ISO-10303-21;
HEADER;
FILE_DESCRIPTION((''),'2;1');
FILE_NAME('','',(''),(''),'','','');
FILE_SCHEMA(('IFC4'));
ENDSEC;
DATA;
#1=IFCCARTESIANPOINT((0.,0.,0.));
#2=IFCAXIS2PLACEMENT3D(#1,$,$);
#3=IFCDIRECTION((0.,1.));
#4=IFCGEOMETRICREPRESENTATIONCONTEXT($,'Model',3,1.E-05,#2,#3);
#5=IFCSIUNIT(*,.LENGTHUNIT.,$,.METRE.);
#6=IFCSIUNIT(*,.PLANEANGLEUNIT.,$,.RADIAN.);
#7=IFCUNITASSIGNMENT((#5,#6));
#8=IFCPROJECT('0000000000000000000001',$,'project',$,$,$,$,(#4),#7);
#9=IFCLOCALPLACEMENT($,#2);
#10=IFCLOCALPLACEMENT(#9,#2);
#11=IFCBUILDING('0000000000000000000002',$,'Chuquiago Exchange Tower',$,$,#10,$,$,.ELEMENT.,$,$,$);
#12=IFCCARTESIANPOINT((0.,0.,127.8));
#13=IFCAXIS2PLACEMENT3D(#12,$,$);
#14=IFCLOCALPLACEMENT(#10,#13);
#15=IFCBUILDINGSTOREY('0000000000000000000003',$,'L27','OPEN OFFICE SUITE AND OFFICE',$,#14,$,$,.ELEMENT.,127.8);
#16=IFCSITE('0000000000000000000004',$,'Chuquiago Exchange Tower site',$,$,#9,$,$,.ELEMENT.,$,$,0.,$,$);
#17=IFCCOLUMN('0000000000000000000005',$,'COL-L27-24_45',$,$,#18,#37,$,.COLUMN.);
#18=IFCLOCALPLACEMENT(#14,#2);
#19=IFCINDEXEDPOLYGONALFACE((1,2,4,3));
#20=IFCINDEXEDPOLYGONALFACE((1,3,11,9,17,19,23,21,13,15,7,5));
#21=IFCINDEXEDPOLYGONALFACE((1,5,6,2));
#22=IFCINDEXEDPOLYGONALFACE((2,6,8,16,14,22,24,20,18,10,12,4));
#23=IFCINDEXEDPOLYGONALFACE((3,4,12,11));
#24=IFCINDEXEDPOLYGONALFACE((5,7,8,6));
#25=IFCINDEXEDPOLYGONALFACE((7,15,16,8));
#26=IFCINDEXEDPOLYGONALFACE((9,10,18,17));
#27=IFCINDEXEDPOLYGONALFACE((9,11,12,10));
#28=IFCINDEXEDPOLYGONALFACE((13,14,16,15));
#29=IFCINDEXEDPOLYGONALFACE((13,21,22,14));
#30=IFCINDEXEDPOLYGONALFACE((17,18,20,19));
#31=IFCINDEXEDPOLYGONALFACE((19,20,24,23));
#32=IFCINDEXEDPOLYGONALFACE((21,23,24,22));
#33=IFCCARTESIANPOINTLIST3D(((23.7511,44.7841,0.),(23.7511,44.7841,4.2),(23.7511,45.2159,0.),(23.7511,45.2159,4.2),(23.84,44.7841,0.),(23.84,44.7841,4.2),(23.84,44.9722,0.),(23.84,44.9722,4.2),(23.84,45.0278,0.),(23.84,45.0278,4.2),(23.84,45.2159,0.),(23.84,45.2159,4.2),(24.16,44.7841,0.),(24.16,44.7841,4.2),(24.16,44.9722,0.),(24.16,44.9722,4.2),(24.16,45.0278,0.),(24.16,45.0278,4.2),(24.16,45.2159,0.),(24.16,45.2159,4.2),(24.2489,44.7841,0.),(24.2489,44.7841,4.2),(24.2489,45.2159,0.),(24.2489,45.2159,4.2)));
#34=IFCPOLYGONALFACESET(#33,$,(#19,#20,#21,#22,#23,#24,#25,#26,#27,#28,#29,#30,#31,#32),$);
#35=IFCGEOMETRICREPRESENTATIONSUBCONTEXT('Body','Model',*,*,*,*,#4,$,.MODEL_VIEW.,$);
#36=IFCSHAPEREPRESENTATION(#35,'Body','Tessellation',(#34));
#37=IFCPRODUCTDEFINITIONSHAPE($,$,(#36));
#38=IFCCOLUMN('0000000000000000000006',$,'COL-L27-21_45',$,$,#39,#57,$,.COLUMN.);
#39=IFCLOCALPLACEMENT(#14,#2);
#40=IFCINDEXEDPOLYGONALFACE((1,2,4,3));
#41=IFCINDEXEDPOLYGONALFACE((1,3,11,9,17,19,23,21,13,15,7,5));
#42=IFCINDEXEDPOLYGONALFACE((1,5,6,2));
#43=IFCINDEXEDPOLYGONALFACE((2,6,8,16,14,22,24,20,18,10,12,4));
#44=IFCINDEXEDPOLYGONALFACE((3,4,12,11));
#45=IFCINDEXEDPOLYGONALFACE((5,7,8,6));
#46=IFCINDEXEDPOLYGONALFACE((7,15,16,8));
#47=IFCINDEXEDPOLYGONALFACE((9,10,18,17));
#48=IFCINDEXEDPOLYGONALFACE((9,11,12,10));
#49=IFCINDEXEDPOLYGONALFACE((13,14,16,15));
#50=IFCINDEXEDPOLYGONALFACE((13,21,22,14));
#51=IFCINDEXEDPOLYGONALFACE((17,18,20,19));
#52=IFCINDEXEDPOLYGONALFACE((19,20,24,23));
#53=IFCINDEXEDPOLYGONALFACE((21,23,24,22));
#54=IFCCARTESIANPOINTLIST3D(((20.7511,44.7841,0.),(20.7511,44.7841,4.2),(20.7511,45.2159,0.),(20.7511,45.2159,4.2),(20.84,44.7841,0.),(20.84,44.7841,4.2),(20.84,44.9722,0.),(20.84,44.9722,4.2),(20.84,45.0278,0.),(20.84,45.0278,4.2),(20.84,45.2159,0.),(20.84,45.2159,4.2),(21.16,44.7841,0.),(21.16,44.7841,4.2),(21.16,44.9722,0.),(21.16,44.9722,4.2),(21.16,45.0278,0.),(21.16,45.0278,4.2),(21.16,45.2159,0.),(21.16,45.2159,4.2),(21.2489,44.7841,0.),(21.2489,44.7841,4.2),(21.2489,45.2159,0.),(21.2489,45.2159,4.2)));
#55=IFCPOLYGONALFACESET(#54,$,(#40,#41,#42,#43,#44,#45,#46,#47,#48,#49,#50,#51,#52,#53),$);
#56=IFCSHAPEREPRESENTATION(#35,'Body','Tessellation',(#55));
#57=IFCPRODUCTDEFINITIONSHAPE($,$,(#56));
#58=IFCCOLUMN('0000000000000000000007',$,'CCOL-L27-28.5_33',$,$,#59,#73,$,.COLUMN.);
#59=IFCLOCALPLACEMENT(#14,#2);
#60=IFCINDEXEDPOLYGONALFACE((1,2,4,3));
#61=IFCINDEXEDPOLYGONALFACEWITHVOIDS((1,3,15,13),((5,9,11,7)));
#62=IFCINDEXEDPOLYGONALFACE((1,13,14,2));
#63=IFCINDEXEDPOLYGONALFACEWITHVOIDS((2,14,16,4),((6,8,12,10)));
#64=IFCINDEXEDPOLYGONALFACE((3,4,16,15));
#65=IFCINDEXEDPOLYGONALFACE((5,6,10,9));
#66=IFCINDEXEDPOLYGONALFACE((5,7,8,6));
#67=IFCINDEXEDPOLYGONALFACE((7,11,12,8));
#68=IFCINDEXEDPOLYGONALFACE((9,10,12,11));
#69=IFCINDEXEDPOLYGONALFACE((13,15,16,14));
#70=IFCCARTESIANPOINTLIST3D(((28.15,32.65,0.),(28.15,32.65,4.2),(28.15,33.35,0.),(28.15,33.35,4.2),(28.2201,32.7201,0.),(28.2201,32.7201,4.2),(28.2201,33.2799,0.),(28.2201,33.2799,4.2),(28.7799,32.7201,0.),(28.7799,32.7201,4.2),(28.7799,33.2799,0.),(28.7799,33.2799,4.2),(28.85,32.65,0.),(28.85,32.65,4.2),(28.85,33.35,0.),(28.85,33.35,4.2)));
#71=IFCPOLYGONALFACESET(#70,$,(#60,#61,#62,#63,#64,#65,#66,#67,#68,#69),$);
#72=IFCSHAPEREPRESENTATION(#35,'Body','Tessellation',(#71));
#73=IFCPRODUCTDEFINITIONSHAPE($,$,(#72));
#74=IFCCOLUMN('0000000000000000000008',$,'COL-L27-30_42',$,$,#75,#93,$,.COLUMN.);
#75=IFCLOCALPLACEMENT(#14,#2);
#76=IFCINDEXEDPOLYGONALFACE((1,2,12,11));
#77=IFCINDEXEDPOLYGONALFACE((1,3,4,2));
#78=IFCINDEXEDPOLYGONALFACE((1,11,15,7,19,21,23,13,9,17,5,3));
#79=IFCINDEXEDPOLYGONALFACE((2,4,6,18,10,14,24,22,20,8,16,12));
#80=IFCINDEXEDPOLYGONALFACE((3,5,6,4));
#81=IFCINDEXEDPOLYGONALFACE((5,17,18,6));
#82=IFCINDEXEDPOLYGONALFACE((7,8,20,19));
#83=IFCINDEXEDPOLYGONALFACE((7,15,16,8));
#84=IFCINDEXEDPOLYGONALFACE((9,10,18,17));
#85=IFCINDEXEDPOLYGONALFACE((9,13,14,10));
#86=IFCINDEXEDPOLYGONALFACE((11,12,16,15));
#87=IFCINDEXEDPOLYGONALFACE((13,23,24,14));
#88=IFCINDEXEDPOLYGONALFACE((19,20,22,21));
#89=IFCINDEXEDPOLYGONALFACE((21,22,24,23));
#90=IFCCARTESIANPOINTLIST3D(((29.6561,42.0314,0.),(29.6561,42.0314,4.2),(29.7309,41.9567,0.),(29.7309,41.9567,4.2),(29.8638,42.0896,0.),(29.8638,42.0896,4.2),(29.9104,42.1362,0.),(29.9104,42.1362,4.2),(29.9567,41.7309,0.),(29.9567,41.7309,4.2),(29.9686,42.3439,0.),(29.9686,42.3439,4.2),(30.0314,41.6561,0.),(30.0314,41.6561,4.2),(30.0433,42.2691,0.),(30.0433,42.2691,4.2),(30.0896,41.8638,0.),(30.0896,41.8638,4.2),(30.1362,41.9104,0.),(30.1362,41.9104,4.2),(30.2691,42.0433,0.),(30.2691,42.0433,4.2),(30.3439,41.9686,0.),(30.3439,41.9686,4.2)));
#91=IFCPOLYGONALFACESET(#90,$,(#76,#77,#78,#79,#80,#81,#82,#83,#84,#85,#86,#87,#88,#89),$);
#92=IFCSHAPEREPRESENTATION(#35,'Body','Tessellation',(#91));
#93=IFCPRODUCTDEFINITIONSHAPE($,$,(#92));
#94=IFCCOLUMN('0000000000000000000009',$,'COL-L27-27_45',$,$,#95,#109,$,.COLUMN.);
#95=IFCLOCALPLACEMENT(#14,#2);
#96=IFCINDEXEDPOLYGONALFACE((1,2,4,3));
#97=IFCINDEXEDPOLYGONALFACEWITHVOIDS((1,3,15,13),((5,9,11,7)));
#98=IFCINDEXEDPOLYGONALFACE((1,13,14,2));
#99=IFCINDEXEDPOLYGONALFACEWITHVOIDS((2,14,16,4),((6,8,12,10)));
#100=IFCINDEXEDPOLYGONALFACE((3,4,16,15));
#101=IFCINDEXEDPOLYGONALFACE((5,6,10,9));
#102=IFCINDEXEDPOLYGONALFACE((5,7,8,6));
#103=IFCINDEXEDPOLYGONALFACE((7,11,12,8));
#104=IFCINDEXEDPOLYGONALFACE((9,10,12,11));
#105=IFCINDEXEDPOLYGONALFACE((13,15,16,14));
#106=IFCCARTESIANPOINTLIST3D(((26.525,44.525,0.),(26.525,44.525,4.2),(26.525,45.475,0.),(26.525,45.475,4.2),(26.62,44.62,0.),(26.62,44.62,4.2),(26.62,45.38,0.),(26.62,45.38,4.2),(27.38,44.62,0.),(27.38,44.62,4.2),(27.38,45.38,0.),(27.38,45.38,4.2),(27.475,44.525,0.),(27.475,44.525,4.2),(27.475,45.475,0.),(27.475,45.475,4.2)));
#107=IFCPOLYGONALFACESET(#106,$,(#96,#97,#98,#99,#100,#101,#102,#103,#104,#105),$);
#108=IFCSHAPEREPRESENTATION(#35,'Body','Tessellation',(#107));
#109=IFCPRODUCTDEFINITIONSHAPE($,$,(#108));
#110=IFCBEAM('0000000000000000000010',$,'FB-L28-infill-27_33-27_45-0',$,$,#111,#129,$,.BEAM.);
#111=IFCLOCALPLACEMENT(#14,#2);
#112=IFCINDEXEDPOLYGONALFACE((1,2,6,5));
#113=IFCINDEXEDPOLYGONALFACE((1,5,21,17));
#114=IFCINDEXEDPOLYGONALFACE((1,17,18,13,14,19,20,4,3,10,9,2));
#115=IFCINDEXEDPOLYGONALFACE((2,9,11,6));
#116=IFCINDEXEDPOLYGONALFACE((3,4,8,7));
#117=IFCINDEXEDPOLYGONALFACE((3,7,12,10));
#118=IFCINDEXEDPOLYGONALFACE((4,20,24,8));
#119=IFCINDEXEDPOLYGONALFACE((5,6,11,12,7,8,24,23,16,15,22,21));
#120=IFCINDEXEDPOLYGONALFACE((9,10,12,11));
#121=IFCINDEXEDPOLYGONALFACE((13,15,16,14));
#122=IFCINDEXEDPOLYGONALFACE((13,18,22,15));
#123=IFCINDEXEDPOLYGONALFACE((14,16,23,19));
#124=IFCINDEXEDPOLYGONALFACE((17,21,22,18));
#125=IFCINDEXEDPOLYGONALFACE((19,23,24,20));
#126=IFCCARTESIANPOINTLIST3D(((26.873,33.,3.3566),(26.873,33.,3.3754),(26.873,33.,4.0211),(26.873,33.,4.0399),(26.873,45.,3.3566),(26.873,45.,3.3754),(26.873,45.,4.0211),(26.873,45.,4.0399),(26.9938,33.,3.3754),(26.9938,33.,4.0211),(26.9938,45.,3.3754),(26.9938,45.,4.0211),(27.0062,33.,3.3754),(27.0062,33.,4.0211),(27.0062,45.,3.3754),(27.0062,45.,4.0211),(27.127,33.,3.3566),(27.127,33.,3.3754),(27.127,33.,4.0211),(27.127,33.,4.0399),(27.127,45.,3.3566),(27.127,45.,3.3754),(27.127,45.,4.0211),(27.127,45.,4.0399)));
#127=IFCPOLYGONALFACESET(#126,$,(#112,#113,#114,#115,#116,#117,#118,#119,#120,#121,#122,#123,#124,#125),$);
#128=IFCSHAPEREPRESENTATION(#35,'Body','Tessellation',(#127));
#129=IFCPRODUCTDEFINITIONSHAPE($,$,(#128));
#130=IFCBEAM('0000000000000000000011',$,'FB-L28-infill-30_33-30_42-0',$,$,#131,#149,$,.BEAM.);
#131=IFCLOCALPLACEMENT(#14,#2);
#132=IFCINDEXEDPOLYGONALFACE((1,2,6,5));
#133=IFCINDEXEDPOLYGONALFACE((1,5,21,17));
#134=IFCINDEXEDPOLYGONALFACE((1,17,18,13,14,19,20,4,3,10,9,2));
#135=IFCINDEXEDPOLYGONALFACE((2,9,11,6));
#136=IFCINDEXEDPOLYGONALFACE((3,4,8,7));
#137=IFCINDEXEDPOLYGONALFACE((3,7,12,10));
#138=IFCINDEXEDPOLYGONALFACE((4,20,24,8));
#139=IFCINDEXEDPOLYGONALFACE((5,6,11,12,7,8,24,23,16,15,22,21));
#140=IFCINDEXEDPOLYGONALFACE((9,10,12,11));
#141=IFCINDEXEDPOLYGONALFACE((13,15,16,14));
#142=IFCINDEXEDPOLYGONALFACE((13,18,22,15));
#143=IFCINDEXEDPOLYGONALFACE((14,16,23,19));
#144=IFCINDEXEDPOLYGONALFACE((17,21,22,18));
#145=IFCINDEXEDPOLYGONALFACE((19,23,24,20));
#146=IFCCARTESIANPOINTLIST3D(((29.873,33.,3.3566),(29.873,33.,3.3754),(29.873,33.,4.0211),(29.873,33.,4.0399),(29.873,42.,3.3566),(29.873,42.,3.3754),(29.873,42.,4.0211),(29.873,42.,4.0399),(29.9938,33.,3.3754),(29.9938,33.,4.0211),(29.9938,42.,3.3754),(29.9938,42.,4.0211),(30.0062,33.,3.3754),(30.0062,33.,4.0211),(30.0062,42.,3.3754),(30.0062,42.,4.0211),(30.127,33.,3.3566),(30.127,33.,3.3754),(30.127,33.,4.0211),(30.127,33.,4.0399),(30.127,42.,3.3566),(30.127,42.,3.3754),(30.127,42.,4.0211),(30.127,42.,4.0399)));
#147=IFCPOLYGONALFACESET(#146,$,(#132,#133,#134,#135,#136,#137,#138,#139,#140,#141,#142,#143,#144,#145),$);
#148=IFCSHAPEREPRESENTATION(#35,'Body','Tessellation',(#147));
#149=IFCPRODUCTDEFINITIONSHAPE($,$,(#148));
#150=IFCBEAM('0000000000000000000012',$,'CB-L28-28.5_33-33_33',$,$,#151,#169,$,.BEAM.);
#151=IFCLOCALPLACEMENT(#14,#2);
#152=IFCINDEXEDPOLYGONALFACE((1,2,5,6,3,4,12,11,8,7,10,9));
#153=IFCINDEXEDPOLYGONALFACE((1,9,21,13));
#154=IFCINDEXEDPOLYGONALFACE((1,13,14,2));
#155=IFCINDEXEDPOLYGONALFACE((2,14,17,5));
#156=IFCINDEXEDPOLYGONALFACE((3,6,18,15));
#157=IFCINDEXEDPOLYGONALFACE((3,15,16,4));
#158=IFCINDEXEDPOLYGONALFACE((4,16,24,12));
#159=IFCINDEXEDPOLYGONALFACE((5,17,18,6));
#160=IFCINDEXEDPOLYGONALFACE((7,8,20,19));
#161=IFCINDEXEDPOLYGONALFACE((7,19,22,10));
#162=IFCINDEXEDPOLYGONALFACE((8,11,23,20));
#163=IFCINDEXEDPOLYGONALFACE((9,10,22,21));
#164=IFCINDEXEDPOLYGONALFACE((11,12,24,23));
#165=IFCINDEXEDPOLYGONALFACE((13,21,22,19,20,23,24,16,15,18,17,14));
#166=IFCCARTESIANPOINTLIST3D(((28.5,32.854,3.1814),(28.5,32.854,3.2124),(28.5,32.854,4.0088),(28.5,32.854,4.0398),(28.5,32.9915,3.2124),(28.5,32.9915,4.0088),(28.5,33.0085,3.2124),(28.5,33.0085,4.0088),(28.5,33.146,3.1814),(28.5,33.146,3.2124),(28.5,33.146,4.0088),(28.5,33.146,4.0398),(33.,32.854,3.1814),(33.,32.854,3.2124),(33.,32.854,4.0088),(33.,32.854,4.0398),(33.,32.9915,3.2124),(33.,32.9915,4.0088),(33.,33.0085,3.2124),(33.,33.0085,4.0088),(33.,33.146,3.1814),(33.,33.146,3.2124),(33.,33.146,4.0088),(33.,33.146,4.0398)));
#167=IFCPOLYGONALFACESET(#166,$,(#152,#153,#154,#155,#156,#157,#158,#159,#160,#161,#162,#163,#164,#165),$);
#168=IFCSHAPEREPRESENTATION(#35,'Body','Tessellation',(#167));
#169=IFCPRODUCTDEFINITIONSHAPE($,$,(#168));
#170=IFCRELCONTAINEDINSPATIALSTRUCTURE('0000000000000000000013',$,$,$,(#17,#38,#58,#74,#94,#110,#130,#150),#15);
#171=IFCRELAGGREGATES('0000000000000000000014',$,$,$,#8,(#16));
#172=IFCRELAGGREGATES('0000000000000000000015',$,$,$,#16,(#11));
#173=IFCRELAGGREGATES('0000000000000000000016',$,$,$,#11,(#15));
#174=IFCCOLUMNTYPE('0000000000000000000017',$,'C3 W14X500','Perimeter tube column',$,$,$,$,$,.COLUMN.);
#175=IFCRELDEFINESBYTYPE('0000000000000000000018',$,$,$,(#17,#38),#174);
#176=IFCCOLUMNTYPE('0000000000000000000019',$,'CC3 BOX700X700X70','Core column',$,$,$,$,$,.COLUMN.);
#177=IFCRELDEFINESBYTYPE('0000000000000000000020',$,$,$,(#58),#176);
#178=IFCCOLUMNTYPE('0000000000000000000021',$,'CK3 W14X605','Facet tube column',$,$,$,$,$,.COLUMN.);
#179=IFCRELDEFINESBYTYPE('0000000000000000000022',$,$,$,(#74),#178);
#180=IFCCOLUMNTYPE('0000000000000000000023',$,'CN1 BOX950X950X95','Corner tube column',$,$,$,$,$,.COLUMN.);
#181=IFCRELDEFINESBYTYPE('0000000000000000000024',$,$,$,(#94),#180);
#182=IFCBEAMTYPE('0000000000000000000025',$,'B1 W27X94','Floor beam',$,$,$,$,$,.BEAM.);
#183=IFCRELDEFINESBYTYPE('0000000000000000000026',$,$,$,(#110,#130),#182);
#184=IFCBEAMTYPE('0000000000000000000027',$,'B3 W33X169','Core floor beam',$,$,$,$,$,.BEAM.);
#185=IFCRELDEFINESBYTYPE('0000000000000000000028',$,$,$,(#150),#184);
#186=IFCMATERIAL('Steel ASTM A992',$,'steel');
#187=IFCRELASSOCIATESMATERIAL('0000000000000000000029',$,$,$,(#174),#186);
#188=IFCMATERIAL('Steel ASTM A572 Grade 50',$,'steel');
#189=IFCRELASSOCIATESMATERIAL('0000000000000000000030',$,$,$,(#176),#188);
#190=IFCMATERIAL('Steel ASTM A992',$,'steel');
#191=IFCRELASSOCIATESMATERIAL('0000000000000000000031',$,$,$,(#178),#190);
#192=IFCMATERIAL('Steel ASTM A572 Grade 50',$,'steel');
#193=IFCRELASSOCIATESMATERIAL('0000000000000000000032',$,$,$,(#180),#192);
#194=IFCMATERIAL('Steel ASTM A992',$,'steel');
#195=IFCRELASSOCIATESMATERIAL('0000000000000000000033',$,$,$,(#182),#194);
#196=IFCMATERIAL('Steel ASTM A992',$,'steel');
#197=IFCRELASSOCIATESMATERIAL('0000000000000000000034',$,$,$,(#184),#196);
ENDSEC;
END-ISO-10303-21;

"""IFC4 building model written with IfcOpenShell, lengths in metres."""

from ifc_helpers import new_model, si_unit, direction, frame, origin, origin_2d, place, context, subcontext, project, spatial, hollow_rectangle, i_section, extrude, material, material_profile, profile_set, type_object, element, save


model = new_model("IFC4")

# Units and contexts
model_context = context("Model", 3, precision=1e-05, world=origin(), true_north=direction((0.0, 1.0)))
body_context = subcontext(model_context, "Body", "Model", "MODEL_VIEW")
ifc_project = project(units=[si_unit("LENGTHUNIT", "METRE"), si_unit("PLANEANGLEUNIT", "RADIAN")], contexts=[model_context])

# Site, building, storey
site_placement = place(None, origin())
site = spatial("IfcSite", under=ifc_project, at=site_placement, Name="Chuquiago Exchange Tower site", CompositionType="ELEMENT", RefElevation=0.0)
building_placement = place(site_placement, origin())
building = spatial("IfcBuilding", under=site, at=building_placement, Name="Chuquiago Exchange Tower", CompositionType="ELEMENT")
storey_placement = place(building_placement, frame((0.0, 0.0, 127.8)))
storey = spatial("IfcBuildingStorey", under=building, at=storey_placement, Name="L27", Description="OPEN OFFICE SUITE AND OFFICE", CompositionType="ELEMENT", Elevation=127.8)

# Columns
ifc_material_1 = material(Name="Steel ASTM A992", Category="steel")
ifc_material_profile_1 = material_profile(ifc_material_1, i_section(OverallWidth=0.4319, OverallDepth=0.4978, WebThickness=0.0557, FlangeThickness=0.0889, at=origin_2d()), Name="W14X500")
ifc_profile_set_1 = profile_set([ifc_material_profile_1], Name="Steel ASTM A992")
column_type_1 = type_object("IfcColumnType", Name="C3 W14X500", Description="Perimeter tube column", PredefinedType="COLUMN", material=ifc_profile_set_1)
for number, where, z_axis, x_axis, name in (
    (1, (24.0, 45.0, 0.0), (0.0, 0.0, 1.0), (0.0, 1.0, 0.0), "COL-L27-24_45"),
    (2, (21.0, 45.0, 0.0), (0.0, 0.0, 1.0), (0.0, 1.0, 0.0), "COL-L27-21_45"),
):
    element("IfcColumn", number, at=place(storey_placement, frame(where, z_axis=z_axis, x_axis=x_axis)), inside=storey, type_object=column_type_1, Name=name, PredefinedType="COLUMN", context=body_context, shape_type="SweptSolid", body=[
        extrude(i_section(OverallWidth=0.4319, OverallDepth=0.4978, WebThickness=0.0557, FlangeThickness=0.0889, at=origin_2d()), origin(), (0.0, 0.0, 1.0), 4.2),
    ])
ifc_material_2 = material(Name="Steel ASTM A572 Grade 50", Category="steel")
ifc_material_profile_2 = material_profile(ifc_material_2, hollow_rectangle(XDim=0.7, YDim=0.7, WallThickness=0.0701, at=origin_2d()), Name="BOX700X700X70")
ifc_profile_set_2 = profile_set([ifc_material_profile_2], Name="Steel ASTM A572 Grade 50")
column_type_2 = type_object("IfcColumnType", Name="CC3 BOX700X700X70", Description="Core column", PredefinedType="COLUMN", material=ifc_profile_set_2)
column_1_placement = place(storey_placement, frame((28.5, 33.0, 0.0), z_axis=(0.0, 0.0, 1.0), x_axis=(1.0, 0.0, 0.0)))
element("IfcColumn", 3, at=column_1_placement, inside=storey, type_object=column_type_2, Name="CCOL-L27-28.5_33", PredefinedType="COLUMN", context=body_context, shape_type="SweptSolid", body=[
    extrude(hollow_rectangle(XDim=0.7, YDim=0.7, WallThickness=0.0701, at=origin_2d()), origin(), (0.0, 0.0, 1.0), 4.2),
])
ifc_material_3 = material(Name="Steel ASTM A992", Category="steel")
ifc_material_profile_3 = material_profile(ifc_material_3, i_section(OverallWidth=0.4419, OverallDepth=0.5308, WebThickness=0.0659, FlangeThickness=0.1057, at=origin_2d()), Name="W14X605")
ifc_profile_set_3 = profile_set([ifc_material_profile_3], Name="Steel ASTM A992")
column_type_3 = type_object("IfcColumnType", Name="CK3 W14X605", Description="Facet tube column", PredefinedType="COLUMN", material=ifc_profile_set_3)
column_2_placement = place(storey_placement, frame((30.0, 42.0, 0.0), z_axis=(0.0, 0.0, 1.0), x_axis=(0.707107, 0.707107, 0.0)))
element("IfcColumn", 4, at=column_2_placement, inside=storey, type_object=column_type_3, Name="COL-L27-30_42", PredefinedType="COLUMN", context=body_context, shape_type="SweptSolid", body=[
    extrude(i_section(OverallWidth=0.4419, OverallDepth=0.5308, WebThickness=0.0659, FlangeThickness=0.1057, at=origin_2d()), origin(), (0.0, 0.0, 1.0), 4.2),
])
ifc_material_4 = material(Name="Steel ASTM A572 Grade 50", Category="steel")
ifc_material_profile_4 = material_profile(ifc_material_4, hollow_rectangle(XDim=0.95, YDim=0.95, WallThickness=0.095, at=origin_2d()), Name="BOX950X950X95")
ifc_profile_set_4 = profile_set([ifc_material_profile_4], Name="Steel ASTM A572 Grade 50")
column_type_4 = type_object("IfcColumnType", Name="CN1 BOX950X950X95", Description="Corner tube column", PredefinedType="COLUMN", material=ifc_profile_set_4)
column_3_placement = place(storey_placement, frame((27.0, 45.0, 0.0), z_axis=(0.0, 0.0, 1.0), x_axis=(0.0, 1.0, 0.0)))
element("IfcColumn", 5, at=column_3_placement, inside=storey, type_object=column_type_4, Name="COL-L27-27_45", PredefinedType="COLUMN", context=body_context, shape_type="SweptSolid", body=[
    extrude(hollow_rectangle(XDim=0.95, YDim=0.95, WallThickness=0.095, at=origin_2d()), origin(), (0.0, 0.0, 1.0), 4.2),
])

# Beams
ifc_material_5 = material(Name="Steel ASTM A992", Category="steel")
ifc_material_profile_5 = material_profile(ifc_material_5, i_section(OverallWidth=0.2539, OverallDepth=0.6833, WebThickness=0.0125, FlangeThickness=0.0188, at=origin_2d()), Name="W27X94")
ifc_profile_set_5 = profile_set([ifc_material_profile_5], Name="Steel ASTM A992")
beam_type_1 = type_object("IfcBeamType", Name="B1 W27X94", Description="Floor beam", PredefinedType="BEAM", material=ifc_profile_set_5)
beam_1_placement = place(storey_placement, frame((27.0, 33.0, 3.6982), z_axis=(0.0, 1.0, 0.0), x_axis=(-1.0, 0.0, 0.0)))
element("IfcBeam", 6, at=beam_1_placement, inside=storey, type_object=beam_type_1, Name="FB-L28-infill-27_33-27_45-0", PredefinedType="BEAM", context=body_context, shape_type="SweptSolid", body=[
    extrude(i_section(OverallWidth=0.2539, OverallDepth=0.6833, WebThickness=0.0125, FlangeThickness=0.0188, at=origin_2d()), origin(), (0.0, 0.0, 1.0), 12.0),
])
beam_2_placement = place(storey_placement, frame((30.0, 33.0, 3.6982), z_axis=(0.0, 1.0, 0.0), x_axis=(-1.0, 0.0, 0.0)))
element("IfcBeam", 7, at=beam_2_placement, inside=storey, type_object=beam_type_1, Name="FB-L28-infill-30_33-30_42-0", PredefinedType="BEAM", context=body_context, shape_type="SweptSolid", body=[
    extrude(i_section(OverallWidth=0.2539, OverallDepth=0.6833, WebThickness=0.0125, FlangeThickness=0.0188, at=origin_2d()), origin(), (0.0, 0.0, 1.0), 9.0),
])
ifc_material_6 = material(Name="Steel ASTM A992", Category="steel")
ifc_material_profile_6 = material_profile(ifc_material_6, i_section(OverallWidth=0.292, OverallDepth=0.8584, WebThickness=0.0171, FlangeThickness=0.031, at=origin_2d()), Name="W33X169")
ifc_profile_set_6 = profile_set([ifc_material_profile_6], Name="Steel ASTM A992")
beam_type_2 = type_object("IfcBeamType", Name="B3 W33X169", Description="Core floor beam", PredefinedType="BEAM", material=ifc_profile_set_6)
beam_3_placement = place(storey_placement, frame((28.5, 33.0, 3.6106), z_axis=(1.0, 0.0, 0.0), x_axis=(0.0, 1.0, 0.0)))
element("IfcBeam", 8, at=beam_3_placement, inside=storey, type_object=beam_type_2, Name="CB-L28-28.5_33-33_33", PredefinedType="BEAM", context=body_context, shape_type="SweptSolid", body=[
    extrude(i_section(OverallWidth=0.292, OverallDepth=0.8584, WebThickness=0.0171, FlangeThickness=0.031, at=origin_2d()), origin(), (0.0, 0.0, 1.0), 4.5),
])

save(model, "model.ifc")
